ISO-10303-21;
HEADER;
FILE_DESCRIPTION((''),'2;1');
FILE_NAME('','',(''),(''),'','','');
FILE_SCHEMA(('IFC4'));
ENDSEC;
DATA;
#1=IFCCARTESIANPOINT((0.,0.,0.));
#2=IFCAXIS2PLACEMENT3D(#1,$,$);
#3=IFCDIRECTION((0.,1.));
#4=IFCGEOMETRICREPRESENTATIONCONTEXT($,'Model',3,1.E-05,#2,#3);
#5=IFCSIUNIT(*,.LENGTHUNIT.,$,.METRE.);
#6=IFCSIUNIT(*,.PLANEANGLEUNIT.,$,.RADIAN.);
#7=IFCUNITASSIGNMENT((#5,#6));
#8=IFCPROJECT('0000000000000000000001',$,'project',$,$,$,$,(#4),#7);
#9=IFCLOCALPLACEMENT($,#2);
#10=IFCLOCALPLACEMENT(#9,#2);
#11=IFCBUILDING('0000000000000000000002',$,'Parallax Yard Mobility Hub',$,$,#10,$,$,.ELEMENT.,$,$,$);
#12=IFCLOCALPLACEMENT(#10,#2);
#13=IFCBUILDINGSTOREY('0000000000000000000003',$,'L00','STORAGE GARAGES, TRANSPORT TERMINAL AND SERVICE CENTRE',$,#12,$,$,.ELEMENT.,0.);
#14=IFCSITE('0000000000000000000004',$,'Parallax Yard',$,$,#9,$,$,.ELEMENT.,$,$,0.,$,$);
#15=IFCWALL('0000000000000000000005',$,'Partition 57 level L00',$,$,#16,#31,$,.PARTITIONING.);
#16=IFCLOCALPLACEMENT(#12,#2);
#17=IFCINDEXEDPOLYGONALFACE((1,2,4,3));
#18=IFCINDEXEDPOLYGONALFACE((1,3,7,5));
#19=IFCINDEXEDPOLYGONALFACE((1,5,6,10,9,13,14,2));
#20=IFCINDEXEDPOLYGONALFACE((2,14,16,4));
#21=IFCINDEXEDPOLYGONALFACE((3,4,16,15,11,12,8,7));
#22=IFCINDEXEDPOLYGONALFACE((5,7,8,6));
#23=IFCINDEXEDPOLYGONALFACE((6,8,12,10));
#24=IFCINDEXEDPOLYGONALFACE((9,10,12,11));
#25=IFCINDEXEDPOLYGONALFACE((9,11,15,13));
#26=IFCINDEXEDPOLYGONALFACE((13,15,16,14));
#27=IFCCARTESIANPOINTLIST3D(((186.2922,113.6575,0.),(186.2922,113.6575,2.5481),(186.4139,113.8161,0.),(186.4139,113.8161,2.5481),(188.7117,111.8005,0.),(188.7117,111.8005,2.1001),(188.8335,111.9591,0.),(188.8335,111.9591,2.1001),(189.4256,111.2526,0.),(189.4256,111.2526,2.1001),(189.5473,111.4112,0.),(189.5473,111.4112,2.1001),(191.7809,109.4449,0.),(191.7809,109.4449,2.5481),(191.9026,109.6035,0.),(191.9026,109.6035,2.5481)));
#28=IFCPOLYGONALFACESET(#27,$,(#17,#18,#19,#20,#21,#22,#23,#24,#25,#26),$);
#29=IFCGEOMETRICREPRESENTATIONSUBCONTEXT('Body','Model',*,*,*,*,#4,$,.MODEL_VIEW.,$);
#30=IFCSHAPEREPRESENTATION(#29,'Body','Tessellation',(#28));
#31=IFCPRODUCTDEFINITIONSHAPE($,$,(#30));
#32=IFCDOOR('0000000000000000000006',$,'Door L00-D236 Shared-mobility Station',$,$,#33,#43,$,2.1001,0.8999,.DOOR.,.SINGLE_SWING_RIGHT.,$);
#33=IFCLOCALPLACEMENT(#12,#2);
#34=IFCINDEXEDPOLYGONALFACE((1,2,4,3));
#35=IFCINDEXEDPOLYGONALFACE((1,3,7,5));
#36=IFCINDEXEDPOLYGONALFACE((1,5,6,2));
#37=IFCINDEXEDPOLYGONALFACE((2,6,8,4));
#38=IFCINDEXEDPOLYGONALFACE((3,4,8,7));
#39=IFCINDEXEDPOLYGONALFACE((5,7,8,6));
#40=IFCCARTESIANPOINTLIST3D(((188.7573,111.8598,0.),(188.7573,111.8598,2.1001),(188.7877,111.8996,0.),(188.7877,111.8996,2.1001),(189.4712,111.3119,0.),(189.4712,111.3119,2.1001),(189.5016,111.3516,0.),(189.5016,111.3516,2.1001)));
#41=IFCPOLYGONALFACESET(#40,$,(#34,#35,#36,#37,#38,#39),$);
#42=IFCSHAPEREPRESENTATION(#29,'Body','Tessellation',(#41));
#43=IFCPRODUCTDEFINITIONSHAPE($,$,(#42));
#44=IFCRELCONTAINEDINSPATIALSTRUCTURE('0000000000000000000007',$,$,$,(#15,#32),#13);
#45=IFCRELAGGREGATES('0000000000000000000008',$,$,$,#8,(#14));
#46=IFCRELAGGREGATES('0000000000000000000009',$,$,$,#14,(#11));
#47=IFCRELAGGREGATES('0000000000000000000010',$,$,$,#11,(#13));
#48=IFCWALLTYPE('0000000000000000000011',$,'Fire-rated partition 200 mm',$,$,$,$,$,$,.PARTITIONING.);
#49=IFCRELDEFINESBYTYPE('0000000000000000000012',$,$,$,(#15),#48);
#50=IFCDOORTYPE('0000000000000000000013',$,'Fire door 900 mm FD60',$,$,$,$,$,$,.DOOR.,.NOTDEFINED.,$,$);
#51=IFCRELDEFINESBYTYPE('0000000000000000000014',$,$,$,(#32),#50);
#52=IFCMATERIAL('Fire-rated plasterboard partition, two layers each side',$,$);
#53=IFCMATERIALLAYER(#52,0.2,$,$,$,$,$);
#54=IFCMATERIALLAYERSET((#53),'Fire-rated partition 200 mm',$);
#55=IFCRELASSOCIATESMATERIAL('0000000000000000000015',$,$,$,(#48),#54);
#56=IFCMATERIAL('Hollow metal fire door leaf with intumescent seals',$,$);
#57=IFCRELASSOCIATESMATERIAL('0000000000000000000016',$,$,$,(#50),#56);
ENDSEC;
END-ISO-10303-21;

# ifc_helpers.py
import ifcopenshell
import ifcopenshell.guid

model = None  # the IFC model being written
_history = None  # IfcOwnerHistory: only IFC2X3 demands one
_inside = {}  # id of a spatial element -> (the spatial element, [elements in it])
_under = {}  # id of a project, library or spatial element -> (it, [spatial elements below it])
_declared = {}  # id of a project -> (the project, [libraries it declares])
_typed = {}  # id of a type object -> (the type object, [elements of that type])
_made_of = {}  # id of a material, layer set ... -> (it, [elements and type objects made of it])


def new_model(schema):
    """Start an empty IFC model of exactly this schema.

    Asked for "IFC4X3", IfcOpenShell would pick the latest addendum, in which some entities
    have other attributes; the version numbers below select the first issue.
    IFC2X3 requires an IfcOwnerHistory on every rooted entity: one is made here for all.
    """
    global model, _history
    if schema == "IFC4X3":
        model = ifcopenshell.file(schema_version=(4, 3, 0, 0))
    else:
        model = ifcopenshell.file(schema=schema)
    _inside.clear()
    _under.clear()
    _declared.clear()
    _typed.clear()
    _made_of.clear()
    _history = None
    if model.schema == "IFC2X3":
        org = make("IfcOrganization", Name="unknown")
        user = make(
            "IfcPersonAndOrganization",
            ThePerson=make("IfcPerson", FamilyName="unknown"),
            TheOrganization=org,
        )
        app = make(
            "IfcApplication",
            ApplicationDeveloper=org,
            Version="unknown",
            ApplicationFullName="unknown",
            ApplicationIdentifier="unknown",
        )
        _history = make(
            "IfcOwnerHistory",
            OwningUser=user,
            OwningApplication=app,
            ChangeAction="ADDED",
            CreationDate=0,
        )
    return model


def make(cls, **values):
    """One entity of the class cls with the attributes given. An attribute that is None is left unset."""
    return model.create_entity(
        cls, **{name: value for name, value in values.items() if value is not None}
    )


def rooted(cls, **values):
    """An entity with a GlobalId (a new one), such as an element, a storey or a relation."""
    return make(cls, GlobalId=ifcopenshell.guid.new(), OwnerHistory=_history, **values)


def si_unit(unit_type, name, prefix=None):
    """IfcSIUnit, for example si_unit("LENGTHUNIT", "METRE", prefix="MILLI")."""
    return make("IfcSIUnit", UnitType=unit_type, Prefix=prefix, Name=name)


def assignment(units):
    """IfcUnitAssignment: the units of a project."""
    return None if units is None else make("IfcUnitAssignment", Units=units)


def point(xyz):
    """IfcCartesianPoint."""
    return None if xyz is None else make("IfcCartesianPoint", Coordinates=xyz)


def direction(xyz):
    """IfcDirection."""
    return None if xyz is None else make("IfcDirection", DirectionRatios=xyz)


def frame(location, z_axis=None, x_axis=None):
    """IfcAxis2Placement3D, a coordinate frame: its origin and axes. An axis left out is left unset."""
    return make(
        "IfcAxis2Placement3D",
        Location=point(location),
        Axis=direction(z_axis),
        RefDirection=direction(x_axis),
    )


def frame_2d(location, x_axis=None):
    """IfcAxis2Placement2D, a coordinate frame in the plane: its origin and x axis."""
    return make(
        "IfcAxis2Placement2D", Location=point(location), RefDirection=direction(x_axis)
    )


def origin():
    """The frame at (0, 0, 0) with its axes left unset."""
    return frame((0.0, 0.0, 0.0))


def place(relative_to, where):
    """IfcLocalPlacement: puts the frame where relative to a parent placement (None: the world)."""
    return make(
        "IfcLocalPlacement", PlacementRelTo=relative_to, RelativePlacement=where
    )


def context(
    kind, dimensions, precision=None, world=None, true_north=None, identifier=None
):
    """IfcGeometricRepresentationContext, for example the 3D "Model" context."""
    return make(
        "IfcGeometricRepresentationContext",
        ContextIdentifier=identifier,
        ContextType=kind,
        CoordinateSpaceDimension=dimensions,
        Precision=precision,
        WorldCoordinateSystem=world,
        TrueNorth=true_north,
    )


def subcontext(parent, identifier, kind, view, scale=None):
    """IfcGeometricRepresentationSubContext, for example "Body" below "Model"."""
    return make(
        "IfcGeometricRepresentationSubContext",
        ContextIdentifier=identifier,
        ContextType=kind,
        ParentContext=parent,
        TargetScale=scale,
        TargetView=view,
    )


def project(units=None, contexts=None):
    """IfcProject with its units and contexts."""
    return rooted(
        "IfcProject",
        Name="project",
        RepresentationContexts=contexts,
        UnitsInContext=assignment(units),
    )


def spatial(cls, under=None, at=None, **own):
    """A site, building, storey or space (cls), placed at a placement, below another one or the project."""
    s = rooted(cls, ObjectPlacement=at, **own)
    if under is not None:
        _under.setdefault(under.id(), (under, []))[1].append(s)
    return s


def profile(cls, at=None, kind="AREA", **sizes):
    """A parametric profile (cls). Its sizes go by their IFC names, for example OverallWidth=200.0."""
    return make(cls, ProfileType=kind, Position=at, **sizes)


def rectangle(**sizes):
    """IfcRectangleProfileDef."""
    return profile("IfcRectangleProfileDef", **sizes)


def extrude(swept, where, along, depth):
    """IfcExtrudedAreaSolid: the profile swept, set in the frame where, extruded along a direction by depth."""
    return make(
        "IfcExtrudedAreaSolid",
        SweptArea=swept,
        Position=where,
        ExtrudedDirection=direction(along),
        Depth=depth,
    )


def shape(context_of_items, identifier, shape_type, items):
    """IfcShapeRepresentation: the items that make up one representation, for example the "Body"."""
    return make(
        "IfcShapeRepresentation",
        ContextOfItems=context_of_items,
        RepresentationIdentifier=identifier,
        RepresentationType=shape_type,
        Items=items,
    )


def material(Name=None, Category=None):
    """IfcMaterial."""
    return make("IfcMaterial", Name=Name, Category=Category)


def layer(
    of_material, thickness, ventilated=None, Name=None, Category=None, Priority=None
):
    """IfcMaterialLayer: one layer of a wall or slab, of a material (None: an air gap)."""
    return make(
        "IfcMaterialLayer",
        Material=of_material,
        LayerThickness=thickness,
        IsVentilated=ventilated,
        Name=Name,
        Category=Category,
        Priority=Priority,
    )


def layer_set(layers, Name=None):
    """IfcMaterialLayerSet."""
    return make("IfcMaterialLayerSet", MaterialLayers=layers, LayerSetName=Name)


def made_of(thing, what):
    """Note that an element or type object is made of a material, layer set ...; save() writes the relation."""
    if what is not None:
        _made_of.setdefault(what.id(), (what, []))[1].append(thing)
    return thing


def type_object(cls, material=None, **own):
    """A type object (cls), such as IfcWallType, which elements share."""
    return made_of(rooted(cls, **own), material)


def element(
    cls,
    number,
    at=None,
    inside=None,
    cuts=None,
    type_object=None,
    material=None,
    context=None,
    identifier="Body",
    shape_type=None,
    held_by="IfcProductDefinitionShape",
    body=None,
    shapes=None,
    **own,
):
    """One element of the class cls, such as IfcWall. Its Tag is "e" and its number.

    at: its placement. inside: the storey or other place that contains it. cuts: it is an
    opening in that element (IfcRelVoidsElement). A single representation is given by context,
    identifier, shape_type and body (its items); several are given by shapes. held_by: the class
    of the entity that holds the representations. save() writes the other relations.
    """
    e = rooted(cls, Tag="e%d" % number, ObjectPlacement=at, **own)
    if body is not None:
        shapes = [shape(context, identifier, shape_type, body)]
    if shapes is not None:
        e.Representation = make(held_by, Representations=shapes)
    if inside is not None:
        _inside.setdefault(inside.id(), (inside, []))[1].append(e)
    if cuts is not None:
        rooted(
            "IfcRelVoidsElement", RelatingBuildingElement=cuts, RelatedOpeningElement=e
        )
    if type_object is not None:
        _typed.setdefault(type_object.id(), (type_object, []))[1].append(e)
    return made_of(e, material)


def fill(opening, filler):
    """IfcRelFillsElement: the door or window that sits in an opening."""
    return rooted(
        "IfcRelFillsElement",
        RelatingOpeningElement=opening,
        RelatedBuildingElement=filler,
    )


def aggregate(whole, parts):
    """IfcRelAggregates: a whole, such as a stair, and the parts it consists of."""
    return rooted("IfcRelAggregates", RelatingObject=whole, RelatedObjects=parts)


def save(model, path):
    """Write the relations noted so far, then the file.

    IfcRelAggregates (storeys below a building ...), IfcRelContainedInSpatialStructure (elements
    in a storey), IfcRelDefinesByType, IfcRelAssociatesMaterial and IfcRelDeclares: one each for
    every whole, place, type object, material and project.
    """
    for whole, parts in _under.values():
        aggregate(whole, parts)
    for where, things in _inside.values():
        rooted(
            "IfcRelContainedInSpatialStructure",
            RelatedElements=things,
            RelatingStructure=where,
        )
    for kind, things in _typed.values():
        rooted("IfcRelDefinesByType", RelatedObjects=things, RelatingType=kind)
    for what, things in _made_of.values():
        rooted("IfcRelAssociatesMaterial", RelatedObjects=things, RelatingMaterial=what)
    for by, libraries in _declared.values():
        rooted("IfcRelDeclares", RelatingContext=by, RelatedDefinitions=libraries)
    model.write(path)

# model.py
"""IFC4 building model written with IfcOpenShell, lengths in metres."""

from ifc_helpers import new_model, si_unit, direction, frame, frame_2d, origin, place, context, subcontext, project, spatial, rectangle, extrude, material, layer, layer_set, type_object, element, fill, save


model = new_model("IFC4")

# Units and contexts
model_context = context("Model", 3, precision=1e-05, world=origin(), true_north=direction((0.0, 1.0)))
body_context = subcontext(model_context, "Body", "Model", "MODEL_VIEW")
ifc_project = project(units=[si_unit("LENGTHUNIT", "METRE"), si_unit("PLANEANGLEUNIT", "RADIAN")], contexts=[model_context])

# Site, building, storey
site_placement = place(None, origin())
site = spatial("IfcSite", under=ifc_project, at=site_placement, Name="Parallax Yard", CompositionType="ELEMENT", RefElevation=0.0)
building_placement = place(site_placement, origin())
building = spatial("IfcBuilding", under=site, at=building_placement, Name="Parallax Yard Mobility Hub", CompositionType="ELEMENT")
storey_placement = place(building_placement, origin())
storey = spatial("IfcBuildingStorey", under=building, at=storey_placement, Name="L00", Description="STORAGE GARAGES, TRANSPORT TERMINAL AND SERVICE CENTRE", CompositionType="ELEMENT", Elevation=0.0)

# Wall, opening, door
ifc_material_1 = material(Name="Fire-rated plasterboard partition, two layers each side")
ifc_layer_1 = layer(ifc_material_1, 0.2)
ifc_layer_set_1 = layer_set([ifc_layer_1], Name="Fire-rated partition 200 mm")
wall_type_1 = type_object("IfcWallType", Name="Fire-rated partition 200 mm", PredefinedType="PARTITIONING", material=ifc_layer_set_1)
wall_1_placement = place(storey_placement, frame((186.353, 113.7368, 0.0), z_axis=(0.0, 0.0, 1.0), x_axis=(0.793286, -0.608849, 0.0)))
wall_1 = element("IfcWall", 1, at=wall_1_placement, inside=storey, type_object=wall_type_1, Name="Partition 57 level L00", PredefinedType="PARTITIONING", context=body_context, shape_type="SweptSolid", body=[
    extrude(rectangle(XDim=6.9189, YDim=0.2, at=frame_2d((3.4595, 0.0))), origin(), (0.0, 0.0, 1.0), 2.5481),
])
opening_placement = place(wall_1_placement, frame((3.05, 0.0, 0.0)))
opening = element("IfcOpeningElement", 2, at=opening_placement, cuts=wall_1, PredefinedType="OPENING", context=body_context, shape_type="SweptSolid", body=[
    extrude(rectangle(XDim=0.8999, YDim=2.1001, at=frame_2d((0.45, 1.05))), frame((0.0, 0.1099, 0.0), z_axis=(0.0, -1.0, 0.0), x_axis=(1.0, 0.0, 0.0)), (0.0, 0.0, 1.0), 0.22),
])
ifc_material_2 = material(Name="Hollow metal fire door leaf with intumescent seals")
door_type = type_object("IfcDoorType", Name="Fire door 900 mm FD60", OperationType="NOTDEFINED", PredefinedType="DOOR", material=ifc_material_2)
door_placement = place(opening_placement, origin())
door = element("IfcDoor", 3, at=door_placement, inside=storey, type_object=door_type, Name="Door L00-D236 Shared-mobility Station", OperationType="SINGLE_SWING_RIGHT", OverallHeight=2.1001, OverallWidth=0.8999, PredefinedType="DOOR", context=body_context, shape_type="SweptSolid", body=[
    extrude(rectangle(XDim=0.8999, YDim=2.1001, at=frame_2d((0.45, 1.05))), frame((0.0, 0.0249, 0.0), z_axis=(0.0, -1.0, 0.0), x_axis=(1.0, 0.0, 0.0)), (0.0, 0.0, 1.0), 0.05),
])
fill(opening, door)

save(model, "model.ifc")
